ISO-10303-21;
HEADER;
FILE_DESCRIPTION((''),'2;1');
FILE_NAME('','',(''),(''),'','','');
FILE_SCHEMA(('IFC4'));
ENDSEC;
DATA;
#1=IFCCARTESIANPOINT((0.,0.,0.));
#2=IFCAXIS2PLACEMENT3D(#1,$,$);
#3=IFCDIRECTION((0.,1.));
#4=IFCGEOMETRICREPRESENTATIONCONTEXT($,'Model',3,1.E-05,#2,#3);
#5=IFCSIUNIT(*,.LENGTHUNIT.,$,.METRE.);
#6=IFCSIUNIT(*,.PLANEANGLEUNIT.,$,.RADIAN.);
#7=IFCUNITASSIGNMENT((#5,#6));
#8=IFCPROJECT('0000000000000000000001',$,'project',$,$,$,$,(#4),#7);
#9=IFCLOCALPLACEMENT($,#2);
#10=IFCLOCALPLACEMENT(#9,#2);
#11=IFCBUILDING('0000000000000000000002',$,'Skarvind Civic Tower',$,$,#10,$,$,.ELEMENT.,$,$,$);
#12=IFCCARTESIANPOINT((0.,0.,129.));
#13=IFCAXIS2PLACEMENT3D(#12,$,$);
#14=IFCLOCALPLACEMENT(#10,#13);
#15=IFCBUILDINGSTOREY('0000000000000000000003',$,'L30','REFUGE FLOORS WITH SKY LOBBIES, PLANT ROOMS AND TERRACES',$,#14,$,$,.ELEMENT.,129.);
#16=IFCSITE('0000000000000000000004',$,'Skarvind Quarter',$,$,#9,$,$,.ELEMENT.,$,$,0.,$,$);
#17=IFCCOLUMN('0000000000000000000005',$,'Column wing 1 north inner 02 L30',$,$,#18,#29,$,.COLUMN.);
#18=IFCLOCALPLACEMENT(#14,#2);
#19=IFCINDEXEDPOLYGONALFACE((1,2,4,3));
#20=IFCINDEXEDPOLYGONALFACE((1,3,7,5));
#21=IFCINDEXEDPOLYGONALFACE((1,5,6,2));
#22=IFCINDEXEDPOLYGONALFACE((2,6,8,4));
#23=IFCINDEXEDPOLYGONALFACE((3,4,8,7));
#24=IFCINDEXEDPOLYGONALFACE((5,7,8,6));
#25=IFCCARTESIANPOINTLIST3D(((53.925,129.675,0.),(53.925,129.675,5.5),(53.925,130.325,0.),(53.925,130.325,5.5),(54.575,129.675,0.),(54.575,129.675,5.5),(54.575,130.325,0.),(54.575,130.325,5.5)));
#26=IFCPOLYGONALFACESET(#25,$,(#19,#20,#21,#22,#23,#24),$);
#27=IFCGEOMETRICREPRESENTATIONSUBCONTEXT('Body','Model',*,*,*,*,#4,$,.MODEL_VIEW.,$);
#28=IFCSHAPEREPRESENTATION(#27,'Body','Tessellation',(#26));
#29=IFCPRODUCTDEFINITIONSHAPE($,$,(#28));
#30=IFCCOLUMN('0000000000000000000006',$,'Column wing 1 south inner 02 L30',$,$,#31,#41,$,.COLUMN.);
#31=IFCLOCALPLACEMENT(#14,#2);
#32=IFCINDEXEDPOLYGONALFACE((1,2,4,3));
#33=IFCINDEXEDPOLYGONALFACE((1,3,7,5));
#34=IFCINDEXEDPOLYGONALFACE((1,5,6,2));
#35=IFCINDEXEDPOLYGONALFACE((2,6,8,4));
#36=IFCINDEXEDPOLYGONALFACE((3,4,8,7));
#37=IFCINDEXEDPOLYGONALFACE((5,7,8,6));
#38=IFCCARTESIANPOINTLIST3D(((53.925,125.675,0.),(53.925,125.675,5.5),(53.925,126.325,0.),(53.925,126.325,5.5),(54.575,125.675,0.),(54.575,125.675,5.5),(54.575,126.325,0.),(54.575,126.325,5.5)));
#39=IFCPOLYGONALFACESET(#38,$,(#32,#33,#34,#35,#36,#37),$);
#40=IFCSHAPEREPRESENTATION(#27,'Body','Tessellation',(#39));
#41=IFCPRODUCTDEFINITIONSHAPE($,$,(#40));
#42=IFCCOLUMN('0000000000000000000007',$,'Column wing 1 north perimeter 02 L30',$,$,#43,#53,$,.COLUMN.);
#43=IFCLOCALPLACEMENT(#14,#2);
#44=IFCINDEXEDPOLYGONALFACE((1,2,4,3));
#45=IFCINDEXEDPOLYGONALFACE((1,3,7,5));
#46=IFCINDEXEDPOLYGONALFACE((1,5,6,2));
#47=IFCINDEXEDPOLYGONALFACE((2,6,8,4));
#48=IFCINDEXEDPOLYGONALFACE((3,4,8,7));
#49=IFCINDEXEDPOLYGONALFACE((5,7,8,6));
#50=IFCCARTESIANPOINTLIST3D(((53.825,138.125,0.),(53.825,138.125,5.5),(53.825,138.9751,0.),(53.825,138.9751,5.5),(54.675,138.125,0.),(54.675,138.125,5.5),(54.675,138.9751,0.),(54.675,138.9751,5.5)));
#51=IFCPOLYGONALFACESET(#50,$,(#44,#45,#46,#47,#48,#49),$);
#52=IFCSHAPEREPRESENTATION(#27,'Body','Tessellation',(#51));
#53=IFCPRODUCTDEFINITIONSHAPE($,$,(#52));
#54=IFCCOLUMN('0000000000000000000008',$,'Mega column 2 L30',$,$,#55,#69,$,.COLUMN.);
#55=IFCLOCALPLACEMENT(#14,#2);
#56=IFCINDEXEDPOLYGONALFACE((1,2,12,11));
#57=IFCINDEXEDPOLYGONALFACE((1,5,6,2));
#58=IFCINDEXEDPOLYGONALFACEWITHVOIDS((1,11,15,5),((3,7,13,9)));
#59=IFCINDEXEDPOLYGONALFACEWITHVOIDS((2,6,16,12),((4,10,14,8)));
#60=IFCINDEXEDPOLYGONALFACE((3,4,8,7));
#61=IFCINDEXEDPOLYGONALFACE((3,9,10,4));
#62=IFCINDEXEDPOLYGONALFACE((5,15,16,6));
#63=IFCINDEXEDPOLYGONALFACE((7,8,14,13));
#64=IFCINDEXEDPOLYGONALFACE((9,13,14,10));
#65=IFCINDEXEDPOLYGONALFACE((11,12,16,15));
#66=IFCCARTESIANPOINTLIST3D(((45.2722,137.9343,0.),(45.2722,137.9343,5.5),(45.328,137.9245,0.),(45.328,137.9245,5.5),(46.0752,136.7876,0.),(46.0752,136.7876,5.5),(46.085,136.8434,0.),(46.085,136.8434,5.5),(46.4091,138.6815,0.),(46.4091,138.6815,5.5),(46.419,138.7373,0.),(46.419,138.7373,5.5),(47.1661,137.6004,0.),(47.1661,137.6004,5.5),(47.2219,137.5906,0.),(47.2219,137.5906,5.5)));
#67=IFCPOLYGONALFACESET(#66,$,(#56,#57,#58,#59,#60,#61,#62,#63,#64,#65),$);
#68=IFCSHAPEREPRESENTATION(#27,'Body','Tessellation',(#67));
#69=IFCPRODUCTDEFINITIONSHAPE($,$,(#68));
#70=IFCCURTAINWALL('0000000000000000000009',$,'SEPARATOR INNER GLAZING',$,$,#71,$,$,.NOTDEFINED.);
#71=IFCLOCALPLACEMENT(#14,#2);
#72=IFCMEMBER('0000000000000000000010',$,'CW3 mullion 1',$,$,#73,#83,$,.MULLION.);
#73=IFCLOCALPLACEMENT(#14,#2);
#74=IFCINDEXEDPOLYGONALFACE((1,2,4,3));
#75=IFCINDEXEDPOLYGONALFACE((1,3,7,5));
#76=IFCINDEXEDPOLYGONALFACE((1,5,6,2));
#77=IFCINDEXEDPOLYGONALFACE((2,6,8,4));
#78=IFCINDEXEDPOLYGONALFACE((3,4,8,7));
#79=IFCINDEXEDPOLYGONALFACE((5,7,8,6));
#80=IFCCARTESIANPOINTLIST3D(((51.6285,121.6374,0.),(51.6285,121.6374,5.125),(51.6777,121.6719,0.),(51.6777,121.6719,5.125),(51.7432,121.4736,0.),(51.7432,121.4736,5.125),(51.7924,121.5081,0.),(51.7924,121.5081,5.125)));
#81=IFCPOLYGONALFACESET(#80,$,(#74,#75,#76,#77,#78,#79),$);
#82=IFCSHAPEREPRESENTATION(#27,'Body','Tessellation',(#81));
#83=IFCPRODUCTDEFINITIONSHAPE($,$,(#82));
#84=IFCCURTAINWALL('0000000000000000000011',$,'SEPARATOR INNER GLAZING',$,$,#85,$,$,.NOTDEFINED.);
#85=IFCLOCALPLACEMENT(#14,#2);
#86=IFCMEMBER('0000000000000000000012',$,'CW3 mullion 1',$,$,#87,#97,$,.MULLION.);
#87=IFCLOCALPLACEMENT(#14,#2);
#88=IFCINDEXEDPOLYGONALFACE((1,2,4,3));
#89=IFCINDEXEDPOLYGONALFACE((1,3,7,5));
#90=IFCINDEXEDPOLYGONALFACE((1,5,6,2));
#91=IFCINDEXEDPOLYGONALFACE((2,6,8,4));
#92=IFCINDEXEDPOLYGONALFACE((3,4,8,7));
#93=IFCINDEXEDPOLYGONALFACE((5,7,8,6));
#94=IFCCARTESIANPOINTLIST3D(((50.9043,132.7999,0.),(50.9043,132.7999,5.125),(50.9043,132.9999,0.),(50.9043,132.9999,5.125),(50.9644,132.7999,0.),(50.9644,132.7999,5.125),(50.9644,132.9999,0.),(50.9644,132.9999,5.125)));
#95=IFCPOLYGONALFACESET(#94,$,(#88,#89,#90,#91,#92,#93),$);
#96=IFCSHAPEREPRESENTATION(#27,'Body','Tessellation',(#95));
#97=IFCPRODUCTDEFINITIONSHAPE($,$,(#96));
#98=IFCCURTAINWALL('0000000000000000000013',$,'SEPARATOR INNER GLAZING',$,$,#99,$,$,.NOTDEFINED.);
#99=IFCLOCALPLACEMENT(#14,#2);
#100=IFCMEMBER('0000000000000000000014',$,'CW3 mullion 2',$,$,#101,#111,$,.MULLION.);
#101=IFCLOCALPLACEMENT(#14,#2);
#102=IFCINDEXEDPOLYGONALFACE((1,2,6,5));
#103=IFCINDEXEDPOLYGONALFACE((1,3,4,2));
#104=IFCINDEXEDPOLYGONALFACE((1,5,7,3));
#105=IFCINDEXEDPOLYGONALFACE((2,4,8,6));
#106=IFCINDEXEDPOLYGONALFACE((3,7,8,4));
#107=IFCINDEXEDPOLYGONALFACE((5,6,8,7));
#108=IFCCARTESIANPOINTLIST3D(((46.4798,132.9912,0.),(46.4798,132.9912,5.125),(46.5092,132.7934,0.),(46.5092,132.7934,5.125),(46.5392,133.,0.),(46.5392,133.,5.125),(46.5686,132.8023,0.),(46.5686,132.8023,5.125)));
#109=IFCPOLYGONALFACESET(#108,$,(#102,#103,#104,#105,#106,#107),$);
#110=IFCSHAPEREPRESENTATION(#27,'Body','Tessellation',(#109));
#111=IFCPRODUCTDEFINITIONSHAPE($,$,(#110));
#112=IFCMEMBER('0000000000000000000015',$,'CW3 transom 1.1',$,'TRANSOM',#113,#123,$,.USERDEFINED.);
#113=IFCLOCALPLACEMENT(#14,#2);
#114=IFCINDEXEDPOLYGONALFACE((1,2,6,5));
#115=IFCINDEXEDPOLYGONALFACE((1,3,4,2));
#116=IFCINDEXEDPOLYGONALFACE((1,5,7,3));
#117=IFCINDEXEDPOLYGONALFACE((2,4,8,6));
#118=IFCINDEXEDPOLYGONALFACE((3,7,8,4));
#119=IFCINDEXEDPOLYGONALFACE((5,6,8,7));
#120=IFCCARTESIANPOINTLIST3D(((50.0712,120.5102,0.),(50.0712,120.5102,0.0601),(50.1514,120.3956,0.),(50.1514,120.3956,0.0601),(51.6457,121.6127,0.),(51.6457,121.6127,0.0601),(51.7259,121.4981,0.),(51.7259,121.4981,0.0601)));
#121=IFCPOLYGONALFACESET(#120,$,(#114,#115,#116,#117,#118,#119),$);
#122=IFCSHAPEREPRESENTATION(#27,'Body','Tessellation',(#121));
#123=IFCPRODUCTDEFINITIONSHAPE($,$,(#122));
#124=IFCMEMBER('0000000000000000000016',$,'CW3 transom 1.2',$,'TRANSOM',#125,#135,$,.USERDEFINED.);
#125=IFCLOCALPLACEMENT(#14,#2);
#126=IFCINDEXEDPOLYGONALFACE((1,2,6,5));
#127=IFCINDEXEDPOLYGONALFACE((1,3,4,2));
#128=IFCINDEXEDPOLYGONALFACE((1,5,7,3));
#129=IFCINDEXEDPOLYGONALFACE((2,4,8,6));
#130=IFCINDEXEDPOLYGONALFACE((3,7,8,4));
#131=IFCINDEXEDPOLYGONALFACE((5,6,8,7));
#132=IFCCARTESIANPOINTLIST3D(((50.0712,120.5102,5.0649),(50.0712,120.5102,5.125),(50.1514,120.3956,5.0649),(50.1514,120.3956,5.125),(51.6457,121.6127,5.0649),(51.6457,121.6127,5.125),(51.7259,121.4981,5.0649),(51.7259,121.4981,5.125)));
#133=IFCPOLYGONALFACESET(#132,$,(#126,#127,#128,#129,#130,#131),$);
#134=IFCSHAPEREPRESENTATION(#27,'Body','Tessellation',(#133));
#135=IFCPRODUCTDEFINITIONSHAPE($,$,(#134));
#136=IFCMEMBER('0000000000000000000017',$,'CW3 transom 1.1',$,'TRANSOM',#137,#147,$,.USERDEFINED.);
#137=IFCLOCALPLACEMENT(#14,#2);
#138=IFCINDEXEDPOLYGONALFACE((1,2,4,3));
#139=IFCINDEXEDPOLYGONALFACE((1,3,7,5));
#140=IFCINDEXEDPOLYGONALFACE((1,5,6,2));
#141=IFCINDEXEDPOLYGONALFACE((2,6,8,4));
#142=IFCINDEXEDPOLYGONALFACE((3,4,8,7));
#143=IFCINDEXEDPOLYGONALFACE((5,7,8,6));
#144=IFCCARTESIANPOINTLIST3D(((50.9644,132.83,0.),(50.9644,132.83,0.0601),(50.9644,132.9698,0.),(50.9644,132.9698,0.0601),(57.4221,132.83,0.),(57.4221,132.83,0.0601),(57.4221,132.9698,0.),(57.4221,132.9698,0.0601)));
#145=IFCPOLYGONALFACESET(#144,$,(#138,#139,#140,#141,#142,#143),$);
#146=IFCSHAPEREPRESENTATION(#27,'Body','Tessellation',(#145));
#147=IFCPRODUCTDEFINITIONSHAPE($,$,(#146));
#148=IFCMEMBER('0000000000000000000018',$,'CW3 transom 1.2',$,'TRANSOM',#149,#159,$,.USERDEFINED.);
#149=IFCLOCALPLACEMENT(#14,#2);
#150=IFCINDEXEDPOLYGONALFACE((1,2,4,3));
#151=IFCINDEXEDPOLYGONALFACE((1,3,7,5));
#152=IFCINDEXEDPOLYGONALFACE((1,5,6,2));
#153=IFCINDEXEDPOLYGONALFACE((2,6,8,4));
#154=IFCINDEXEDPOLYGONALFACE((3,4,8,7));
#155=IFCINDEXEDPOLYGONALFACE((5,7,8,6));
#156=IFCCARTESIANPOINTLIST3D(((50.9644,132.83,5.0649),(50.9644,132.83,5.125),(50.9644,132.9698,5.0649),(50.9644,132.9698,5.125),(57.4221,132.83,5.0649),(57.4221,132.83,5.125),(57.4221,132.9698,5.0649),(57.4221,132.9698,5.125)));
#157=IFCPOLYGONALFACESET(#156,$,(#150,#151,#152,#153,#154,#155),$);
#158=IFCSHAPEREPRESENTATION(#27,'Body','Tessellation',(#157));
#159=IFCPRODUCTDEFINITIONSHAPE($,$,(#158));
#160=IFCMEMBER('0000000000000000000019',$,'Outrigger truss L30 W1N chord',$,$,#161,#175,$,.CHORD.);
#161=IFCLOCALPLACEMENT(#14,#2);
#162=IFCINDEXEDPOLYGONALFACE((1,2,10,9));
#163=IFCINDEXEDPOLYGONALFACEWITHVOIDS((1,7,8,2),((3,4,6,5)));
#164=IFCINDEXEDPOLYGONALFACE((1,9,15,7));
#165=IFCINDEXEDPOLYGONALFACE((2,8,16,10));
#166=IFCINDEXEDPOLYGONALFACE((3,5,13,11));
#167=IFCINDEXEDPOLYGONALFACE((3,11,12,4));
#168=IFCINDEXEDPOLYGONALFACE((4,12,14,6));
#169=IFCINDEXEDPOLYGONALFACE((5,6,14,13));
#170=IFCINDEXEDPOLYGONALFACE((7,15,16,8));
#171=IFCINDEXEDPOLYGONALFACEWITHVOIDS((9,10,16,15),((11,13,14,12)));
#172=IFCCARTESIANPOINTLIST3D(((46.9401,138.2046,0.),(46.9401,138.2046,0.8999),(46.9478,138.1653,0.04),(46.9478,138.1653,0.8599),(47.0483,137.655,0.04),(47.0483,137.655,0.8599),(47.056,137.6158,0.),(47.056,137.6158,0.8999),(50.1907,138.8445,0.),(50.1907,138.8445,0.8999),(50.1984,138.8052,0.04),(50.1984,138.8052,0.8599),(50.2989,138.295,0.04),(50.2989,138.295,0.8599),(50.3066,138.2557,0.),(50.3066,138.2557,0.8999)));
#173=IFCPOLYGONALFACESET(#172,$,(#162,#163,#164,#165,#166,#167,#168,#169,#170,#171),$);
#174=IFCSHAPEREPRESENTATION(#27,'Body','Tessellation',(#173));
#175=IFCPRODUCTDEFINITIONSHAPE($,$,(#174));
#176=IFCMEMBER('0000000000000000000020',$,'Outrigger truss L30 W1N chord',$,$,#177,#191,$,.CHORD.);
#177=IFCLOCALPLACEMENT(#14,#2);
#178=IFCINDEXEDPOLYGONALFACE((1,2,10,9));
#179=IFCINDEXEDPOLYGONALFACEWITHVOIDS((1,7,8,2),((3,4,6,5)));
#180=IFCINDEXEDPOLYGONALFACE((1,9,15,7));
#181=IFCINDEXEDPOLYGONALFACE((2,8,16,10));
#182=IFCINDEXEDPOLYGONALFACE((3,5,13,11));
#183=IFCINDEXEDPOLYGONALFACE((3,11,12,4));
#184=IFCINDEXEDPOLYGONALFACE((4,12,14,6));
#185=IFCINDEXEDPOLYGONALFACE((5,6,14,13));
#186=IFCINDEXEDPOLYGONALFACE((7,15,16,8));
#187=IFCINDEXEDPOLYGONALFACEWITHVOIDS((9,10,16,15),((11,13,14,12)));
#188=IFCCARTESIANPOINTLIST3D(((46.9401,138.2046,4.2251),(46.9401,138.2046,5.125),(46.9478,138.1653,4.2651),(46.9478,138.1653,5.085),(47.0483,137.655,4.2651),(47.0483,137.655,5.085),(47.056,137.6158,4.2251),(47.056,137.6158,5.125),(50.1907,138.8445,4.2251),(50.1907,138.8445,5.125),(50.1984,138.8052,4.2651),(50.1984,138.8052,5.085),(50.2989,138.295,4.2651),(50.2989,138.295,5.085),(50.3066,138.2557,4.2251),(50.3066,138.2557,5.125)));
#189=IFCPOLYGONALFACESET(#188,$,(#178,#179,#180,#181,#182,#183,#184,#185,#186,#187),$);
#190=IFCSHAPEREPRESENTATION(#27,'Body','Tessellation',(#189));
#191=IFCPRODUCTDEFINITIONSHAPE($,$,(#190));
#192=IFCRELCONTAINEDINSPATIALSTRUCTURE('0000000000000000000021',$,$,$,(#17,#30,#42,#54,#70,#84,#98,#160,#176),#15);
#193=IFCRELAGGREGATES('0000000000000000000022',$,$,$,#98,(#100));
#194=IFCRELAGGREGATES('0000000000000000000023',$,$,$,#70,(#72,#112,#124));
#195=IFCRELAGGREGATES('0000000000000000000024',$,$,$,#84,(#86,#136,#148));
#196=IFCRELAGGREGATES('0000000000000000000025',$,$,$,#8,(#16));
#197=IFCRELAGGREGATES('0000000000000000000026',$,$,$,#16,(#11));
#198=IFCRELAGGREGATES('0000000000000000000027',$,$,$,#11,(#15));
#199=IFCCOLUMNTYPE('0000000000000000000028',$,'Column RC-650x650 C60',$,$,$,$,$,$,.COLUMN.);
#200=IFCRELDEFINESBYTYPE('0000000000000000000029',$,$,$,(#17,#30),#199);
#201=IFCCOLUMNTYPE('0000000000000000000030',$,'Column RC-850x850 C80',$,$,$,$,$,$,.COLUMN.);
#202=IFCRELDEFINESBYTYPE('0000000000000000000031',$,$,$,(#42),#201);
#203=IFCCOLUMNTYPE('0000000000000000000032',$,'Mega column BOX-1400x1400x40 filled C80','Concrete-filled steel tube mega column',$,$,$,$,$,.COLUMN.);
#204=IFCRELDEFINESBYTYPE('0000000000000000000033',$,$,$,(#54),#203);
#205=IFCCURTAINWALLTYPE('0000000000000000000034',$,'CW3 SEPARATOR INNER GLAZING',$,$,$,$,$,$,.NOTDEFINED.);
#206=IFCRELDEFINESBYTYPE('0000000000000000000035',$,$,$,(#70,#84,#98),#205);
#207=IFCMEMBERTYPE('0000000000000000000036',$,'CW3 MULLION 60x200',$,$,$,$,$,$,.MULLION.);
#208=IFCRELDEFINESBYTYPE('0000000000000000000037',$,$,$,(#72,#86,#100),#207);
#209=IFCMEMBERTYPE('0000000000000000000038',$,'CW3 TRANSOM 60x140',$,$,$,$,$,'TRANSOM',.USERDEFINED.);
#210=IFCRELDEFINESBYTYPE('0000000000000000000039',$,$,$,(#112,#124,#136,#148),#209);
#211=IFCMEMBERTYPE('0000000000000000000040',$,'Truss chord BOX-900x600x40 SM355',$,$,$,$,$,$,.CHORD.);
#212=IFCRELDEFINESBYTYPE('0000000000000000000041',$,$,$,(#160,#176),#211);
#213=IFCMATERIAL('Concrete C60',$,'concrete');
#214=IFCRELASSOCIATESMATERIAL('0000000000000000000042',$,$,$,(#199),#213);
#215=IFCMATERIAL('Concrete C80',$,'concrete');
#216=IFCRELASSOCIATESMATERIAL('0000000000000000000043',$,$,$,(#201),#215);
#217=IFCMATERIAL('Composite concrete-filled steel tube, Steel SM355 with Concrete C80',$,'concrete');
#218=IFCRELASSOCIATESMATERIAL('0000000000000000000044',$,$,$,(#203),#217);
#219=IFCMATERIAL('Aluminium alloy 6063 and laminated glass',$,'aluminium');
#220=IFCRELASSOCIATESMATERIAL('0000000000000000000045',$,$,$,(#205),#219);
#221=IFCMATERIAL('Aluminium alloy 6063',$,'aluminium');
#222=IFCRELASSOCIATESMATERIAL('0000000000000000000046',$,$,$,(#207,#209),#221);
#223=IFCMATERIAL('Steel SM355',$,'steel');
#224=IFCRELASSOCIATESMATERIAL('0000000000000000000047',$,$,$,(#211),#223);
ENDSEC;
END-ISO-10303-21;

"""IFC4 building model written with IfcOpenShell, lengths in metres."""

from ifc_helpers import new_model, si_unit, direction, frame, origin, origin_2d, place, context, subcontext, project, spatial, rectangle, hollow_rectangle, extrude, material, material_profile, profile_set, type_object, element, aggregate, save


model = new_model("IFC4")

# Units and contexts
model_context = context("Model", 3, precision=1e-05, world=origin(), true_north=direction((0.0, 1.0)))
body_context = subcontext(model_context, "Body", "Model", "MODEL_VIEW")
ifc_project = project(units=[si_unit("LENGTHUNIT", "METRE"), si_unit("PLANEANGLEUNIT", "RADIAN")], contexts=[model_context])

# Site, building, storey
site_placement = place(None, origin())
site = spatial("IfcSite", under=ifc_project, at=site_placement, Name="Skarvind Quarter", CompositionType="ELEMENT", RefElevation=0.0)
building_placement = place(site_placement, origin())
building = spatial("IfcBuilding", under=site, at=building_placement, Name="Skarvind Civic Tower", CompositionType="ELEMENT")
storey_placement = place(building_placement, frame((0.0, 0.0, 129.0)))
storey = spatial("IfcBuildingStorey", under=building, at=storey_placement, Name="L30", Description="REFUGE FLOORS WITH SKY LOBBIES, PLANT ROOMS AND TERRACES", CompositionType="ELEMENT", Elevation=129.0)

# Columns
ifc_material_1 = material(Name="Concrete C60", Category="concrete")
ifc_material_profile_1 = material_profile(ifc_material_1, rectangle(XDim=0.6499, YDim=0.6499, at=origin_2d()), Name="RC-650x650")
ifc_profile_set_1 = profile_set([ifc_material_profile_1], Name="Concrete C60")
column_type_1 = type_object("IfcColumnType", Name="Column RC-650x650 C60", PredefinedType="COLUMN", material=ifc_profile_set_1)
for number, where, z_axis, x_axis, name in (
    (1, (54.25, 130.0, 0.0), (0.0, 0.0, 1.0), (1.0, 0.0, 0.0), "Column wing 1 north inner 02 L30"),
    (2, (54.25, 126.0, 0.0), (0.0, 0.0, 1.0), (1.0, 0.0, 0.0), "Column wing 1 south inner 02 L30"),
):
    element("IfcColumn", number, at=place(storey_placement, frame(where, z_axis=z_axis, x_axis=x_axis)), inside=storey, type_object=column_type_1, Name=name, PredefinedType="COLUMN", context=body_context, shape_type="SweptSolid", body=[
        extrude(rectangle(XDim=0.6499, YDim=0.6499, at=origin_2d()), origin(), (0.0, 0.0, 1.0), 5.5),
    ])
ifc_material_2 = material(Name="Concrete C80", Category="concrete")
ifc_material_profile_2 = material_profile(ifc_material_2, rectangle(XDim=0.8501, YDim=0.8501, at=origin_2d()), Name="RC-850x850")
ifc_profile_set_2 = profile_set([ifc_material_profile_2], Name="Concrete C80")
column_type_2 = type_object("IfcColumnType", Name="Column RC-850x850 C80", PredefinedType="COLUMN", material=ifc_profile_set_2)
column_1_placement = place(storey_placement, frame((54.25, 138.55, 0.0), z_axis=(0.0, 0.0, 1.0), x_axis=(1.0, 0.0, 0.0)))
element("IfcColumn", 3, at=column_1_placement, inside=storey, type_object=column_type_2, Name="Column wing 1 north perimeter 02 L30", PredefinedType="COLUMN", context=body_context, shape_type="SweptSolid", body=[
    extrude(rectangle(XDim=0.8501, YDim=0.8501, at=origin_2d()), origin(), (0.0, 0.0, 1.0), 5.5),
])
ifc_material_3 = material(Name="Composite concrete-filled steel tube, Steel SM355 with Concrete C80", Category="concrete")
ifc_material_profile_3 = material_profile(ifc_material_3, hollow_rectangle(XDim=1.3999, YDim=1.3999, WallThickness=0.04, at=origin_2d()), Name="BOX-1400x1400x40")
ifc_profile_set_3 = profile_set([ifc_material_profile_3], Name="Composite concrete-filled steel tube, Steel SM355 with Concrete C80")
column_type_3 = type_object("IfcColumnType", Name="Mega column BOX-1400x1400x40 filled C80", Description="Concrete-filled steel tube mega column", PredefinedType="COLUMN", material=ifc_profile_set_3)
column_2_placement = place(storey_placement, frame((46.2471, 137.7625, 0.0), z_axis=(0.0, 0.0, 1.0), x_axis=(0.573576, -0.819152, 0.0)))
element("IfcColumn", 4, at=column_2_placement, inside=storey, type_object=column_type_3, Name="Mega column 2 L30", PredefinedType="COLUMN", context=body_context, shape_type="SweptSolid", body=[
    extrude(hollow_rectangle(XDim=1.3999, YDim=1.3999, WallThickness=0.04, at=origin_2d()), origin(), (0.0, 0.0, 1.0), 5.5),
])

# Curtain walls, members
ifc_material_4 = material(Name="Aluminium alloy 6063 and laminated glass", Category="aluminium")
curtain_wall_type = type_object("IfcCurtainWallType", Name="CW3 SEPARATOR INNER GLAZING", PredefinedType="NOTDEFINED", material=ifc_material_4)
curtain_wall_1_placement = place(storey_placement, origin())
curtain_wall_1 = element("IfcCurtainWall", 5, at=curtain_wall_1_placement, inside=storey, type_object=curtain_wall_type, Name="SEPARATOR INNER GLAZING", PredefinedType="NOTDEFINED")
ifc_material_5 = material(Name="Aluminium alloy 6063", Category="aluminium")
ifc_material_profile_4 = material_profile(ifc_material_5, rectangle(XDim=0.2, YDim=0.0601, at=origin_2d()), Name="AL 60x200")
ifc_profile_set_4 = profile_set([ifc_material_profile_4], Name="Aluminium alloy 6063")
member_type_1 = type_object("IfcMemberType", Name="CW3 MULLION 60x200", PredefinedType="MULLION", material=ifc_profile_set_4)
member_1_placement = place(storey_placement, frame((51.7104, 121.5728, 0.0), z_axis=(0.0, 0.0, 1.0), x_axis=(0.573584, -0.819147, 0.0)))
member_1 = element("IfcMember", 6, at=member_1_placement, type_object=member_type_1, Name="CW3 mullion 1", PredefinedType="MULLION", context=body_context, shape_type="SweptSolid", body=[
    extrude(rectangle(XDim=0.2, YDim=0.0601, at=origin_2d()), origin(), (0.0, 0.0, 1.0), 5.125),
])
curtain_wall_2_placement = place(storey_placement, origin())
curtain_wall_2 = element("IfcCurtainWall", 7, at=curtain_wall_2_placement, inside=storey, type_object=curtain_wall_type, Name="SEPARATOR INNER GLAZING", PredefinedType="NOTDEFINED")
member_2_placement = place(storey_placement, frame((50.9343, 132.8999, 0.0), z_axis=(0.0, 0.0, 1.0), x_axis=(0.0, 1.0, 0.0)))
member_2 = element("IfcMember", 8, at=member_2_placement, type_object=member_type_1, Name="CW3 mullion 1", PredefinedType="MULLION", context=body_context, shape_type="SweptSolid", body=[
    extrude(rectangle(XDim=0.2, YDim=0.0601, at=origin_2d()), origin(), (0.0, 0.0, 1.0), 5.125),
])
curtain_wall_3_placement = place(storey_placement, origin())
curtain_wall_3 = element("IfcCurtainWall", 9, at=curtain_wall_3_placement, inside=storey, type_object=curtain_wall_type, Name="SEPARATOR INNER GLAZING", PredefinedType="NOTDEFINED")
member_3_placement = place(storey_placement, frame((46.5242, 132.8967, 0.0), z_axis=(0.0, 0.0, 1.0), x_axis=(-0.147088, 0.989123, 0.0)))
member_3 = element("IfcMember", 10, at=member_3_placement, type_object=member_type_1, Name="CW3 mullion 2", PredefinedType="MULLION", context=body_context, shape_type="SweptSolid", body=[
    extrude(rectangle(XDim=0.2, YDim=0.0601, at=origin_2d()), origin(), (0.0, 0.0, 1.0), 5.125),
])
aggregate(curtain_wall_3, [member_3])

# Members
ifc_material_profile_5 = material_profile(ifc_material_5, rectangle(XDim=0.1399, YDim=0.0601, at=origin_2d()), Name="AL 60x140")
ifc_profile_set_5 = profile_set([ifc_material_profile_5], Name="Aluminium alloy 6063")
member_type_2 = type_object("IfcMemberType", Name="CW3 TRANSOM 60x140", ElementType="TRANSOM", PredefinedType="USERDEFINED", material=ifc_profile_set_5)
member_4_placement = place(storey_placement, frame((51.6858, 121.5554, 0.03), z_axis=(-0.81913, -0.573607, 0.0), x_axis=(0.573607, -0.81913, 0.0)))
member_4 = element("IfcMember", 11, at=member_4_placement, type_object=member_type_2, Name="CW3 transom 1.1", ObjectType="TRANSOM", PredefinedType="USERDEFINED", context=body_context, shape_type="SweptSolid", body=[
    extrude(rectangle(XDim=0.1399, YDim=0.0601, at=origin_2d()), origin(), (0.0, 0.0, 1.0), 1.9221),
])
member_5_placement = place(storey_placement, frame((51.6858, 121.5554, 5.095), z_axis=(-0.81913, -0.573607, 0.0), x_axis=(0.573607, -0.81913, 0.0)))
member_5 = element("IfcMember", 12, at=member_5_placement, type_object=member_type_2, Name="CW3 transom 1.2", ObjectType="TRANSOM", PredefinedType="USERDEFINED", context=body_context, shape_type="SweptSolid", body=[
    extrude(rectangle(XDim=0.1399, YDim=0.0601, at=origin_2d()), origin(), (0.0, 0.0, 1.0), 1.9221),
])
member_6_placement = place(storey_placement, frame((50.9644, 132.8999, 0.03), z_axis=(1.0, 0.0, 0.0), x_axis=(0.0, 1.0, 0.0)))
member_6 = element("IfcMember", 13, at=member_6_placement, type_object=member_type_2, Name="CW3 transom 1.1", ObjectType="TRANSOM", PredefinedType="USERDEFINED", context=body_context, shape_type="SweptSolid", body=[
    extrude(rectangle(XDim=0.1399, YDim=0.0601, at=origin_2d()), origin(), (0.0, 0.0, 1.0), 6.4578),
])
member_7_placement = place(storey_placement, frame((50.9644, 132.8999, 5.095), z_axis=(1.0, 0.0, 0.0), x_axis=(0.0, 1.0, 0.0)))
member_7 = element("IfcMember", 14, at=member_7_placement, type_object=member_type_2, Name="CW3 transom 1.2", ObjectType="TRANSOM", PredefinedType="USERDEFINED", context=body_context, shape_type="SweptSolid", body=[
    extrude(rectangle(XDim=0.1399, YDim=0.0601, at=origin_2d()), origin(), (0.0, 0.0, 1.0), 6.4578),
])

# Members
ifc_material_6 = material(Name="Steel SM355", Category="steel")
ifc_material_profile_6 = material_profile(ifc_material_6, hollow_rectangle(XDim=0.6001, YDim=0.8999, WallThickness=0.04, at=origin_2d()), Name="BOX-900x600x40")
ifc_profile_set_6 = profile_set([ifc_material_profile_6], Name="Steel SM355")
member_type_3 = type_object("IfcMemberType", Name="Truss chord BOX-900x600x40 SM355", PredefinedType="CHORD", material=ifc_profile_set_6)
for number, where, z_axis, x_axis, name in (
    (15, (46.998, 137.9102, 0.45), (0.981169, 0.193153, 0.0), (-0.193153, 0.981169, 0.0), "Outrigger truss L30 W1N chord"),
    (16, (46.998, 137.9102, 4.675), (0.981169, 0.193153, 0.0), (-0.193153, 0.981169, 0.0), "Outrigger truss L30 W1N chord"),
):
    element("IfcMember", number, at=place(storey_placement, frame(where, z_axis=z_axis, x_axis=x_axis)), inside=storey, type_object=member_type_3, Name=name, PredefinedType="CHORD", context=body_context, shape_type="SweptSolid", body=[
        extrude(hollow_rectangle(XDim=0.6001, YDim=0.8999, WallThickness=0.04, at=origin_2d()), origin(), (0.0, 0.0, 1.0), 3.313),
    ])

aggregate(curtain_wall_1, [member_1, member_4, member_5])
aggregate(curtain_wall_2, [member_2, member_6, member_7])

save(model, "model.ifc")
